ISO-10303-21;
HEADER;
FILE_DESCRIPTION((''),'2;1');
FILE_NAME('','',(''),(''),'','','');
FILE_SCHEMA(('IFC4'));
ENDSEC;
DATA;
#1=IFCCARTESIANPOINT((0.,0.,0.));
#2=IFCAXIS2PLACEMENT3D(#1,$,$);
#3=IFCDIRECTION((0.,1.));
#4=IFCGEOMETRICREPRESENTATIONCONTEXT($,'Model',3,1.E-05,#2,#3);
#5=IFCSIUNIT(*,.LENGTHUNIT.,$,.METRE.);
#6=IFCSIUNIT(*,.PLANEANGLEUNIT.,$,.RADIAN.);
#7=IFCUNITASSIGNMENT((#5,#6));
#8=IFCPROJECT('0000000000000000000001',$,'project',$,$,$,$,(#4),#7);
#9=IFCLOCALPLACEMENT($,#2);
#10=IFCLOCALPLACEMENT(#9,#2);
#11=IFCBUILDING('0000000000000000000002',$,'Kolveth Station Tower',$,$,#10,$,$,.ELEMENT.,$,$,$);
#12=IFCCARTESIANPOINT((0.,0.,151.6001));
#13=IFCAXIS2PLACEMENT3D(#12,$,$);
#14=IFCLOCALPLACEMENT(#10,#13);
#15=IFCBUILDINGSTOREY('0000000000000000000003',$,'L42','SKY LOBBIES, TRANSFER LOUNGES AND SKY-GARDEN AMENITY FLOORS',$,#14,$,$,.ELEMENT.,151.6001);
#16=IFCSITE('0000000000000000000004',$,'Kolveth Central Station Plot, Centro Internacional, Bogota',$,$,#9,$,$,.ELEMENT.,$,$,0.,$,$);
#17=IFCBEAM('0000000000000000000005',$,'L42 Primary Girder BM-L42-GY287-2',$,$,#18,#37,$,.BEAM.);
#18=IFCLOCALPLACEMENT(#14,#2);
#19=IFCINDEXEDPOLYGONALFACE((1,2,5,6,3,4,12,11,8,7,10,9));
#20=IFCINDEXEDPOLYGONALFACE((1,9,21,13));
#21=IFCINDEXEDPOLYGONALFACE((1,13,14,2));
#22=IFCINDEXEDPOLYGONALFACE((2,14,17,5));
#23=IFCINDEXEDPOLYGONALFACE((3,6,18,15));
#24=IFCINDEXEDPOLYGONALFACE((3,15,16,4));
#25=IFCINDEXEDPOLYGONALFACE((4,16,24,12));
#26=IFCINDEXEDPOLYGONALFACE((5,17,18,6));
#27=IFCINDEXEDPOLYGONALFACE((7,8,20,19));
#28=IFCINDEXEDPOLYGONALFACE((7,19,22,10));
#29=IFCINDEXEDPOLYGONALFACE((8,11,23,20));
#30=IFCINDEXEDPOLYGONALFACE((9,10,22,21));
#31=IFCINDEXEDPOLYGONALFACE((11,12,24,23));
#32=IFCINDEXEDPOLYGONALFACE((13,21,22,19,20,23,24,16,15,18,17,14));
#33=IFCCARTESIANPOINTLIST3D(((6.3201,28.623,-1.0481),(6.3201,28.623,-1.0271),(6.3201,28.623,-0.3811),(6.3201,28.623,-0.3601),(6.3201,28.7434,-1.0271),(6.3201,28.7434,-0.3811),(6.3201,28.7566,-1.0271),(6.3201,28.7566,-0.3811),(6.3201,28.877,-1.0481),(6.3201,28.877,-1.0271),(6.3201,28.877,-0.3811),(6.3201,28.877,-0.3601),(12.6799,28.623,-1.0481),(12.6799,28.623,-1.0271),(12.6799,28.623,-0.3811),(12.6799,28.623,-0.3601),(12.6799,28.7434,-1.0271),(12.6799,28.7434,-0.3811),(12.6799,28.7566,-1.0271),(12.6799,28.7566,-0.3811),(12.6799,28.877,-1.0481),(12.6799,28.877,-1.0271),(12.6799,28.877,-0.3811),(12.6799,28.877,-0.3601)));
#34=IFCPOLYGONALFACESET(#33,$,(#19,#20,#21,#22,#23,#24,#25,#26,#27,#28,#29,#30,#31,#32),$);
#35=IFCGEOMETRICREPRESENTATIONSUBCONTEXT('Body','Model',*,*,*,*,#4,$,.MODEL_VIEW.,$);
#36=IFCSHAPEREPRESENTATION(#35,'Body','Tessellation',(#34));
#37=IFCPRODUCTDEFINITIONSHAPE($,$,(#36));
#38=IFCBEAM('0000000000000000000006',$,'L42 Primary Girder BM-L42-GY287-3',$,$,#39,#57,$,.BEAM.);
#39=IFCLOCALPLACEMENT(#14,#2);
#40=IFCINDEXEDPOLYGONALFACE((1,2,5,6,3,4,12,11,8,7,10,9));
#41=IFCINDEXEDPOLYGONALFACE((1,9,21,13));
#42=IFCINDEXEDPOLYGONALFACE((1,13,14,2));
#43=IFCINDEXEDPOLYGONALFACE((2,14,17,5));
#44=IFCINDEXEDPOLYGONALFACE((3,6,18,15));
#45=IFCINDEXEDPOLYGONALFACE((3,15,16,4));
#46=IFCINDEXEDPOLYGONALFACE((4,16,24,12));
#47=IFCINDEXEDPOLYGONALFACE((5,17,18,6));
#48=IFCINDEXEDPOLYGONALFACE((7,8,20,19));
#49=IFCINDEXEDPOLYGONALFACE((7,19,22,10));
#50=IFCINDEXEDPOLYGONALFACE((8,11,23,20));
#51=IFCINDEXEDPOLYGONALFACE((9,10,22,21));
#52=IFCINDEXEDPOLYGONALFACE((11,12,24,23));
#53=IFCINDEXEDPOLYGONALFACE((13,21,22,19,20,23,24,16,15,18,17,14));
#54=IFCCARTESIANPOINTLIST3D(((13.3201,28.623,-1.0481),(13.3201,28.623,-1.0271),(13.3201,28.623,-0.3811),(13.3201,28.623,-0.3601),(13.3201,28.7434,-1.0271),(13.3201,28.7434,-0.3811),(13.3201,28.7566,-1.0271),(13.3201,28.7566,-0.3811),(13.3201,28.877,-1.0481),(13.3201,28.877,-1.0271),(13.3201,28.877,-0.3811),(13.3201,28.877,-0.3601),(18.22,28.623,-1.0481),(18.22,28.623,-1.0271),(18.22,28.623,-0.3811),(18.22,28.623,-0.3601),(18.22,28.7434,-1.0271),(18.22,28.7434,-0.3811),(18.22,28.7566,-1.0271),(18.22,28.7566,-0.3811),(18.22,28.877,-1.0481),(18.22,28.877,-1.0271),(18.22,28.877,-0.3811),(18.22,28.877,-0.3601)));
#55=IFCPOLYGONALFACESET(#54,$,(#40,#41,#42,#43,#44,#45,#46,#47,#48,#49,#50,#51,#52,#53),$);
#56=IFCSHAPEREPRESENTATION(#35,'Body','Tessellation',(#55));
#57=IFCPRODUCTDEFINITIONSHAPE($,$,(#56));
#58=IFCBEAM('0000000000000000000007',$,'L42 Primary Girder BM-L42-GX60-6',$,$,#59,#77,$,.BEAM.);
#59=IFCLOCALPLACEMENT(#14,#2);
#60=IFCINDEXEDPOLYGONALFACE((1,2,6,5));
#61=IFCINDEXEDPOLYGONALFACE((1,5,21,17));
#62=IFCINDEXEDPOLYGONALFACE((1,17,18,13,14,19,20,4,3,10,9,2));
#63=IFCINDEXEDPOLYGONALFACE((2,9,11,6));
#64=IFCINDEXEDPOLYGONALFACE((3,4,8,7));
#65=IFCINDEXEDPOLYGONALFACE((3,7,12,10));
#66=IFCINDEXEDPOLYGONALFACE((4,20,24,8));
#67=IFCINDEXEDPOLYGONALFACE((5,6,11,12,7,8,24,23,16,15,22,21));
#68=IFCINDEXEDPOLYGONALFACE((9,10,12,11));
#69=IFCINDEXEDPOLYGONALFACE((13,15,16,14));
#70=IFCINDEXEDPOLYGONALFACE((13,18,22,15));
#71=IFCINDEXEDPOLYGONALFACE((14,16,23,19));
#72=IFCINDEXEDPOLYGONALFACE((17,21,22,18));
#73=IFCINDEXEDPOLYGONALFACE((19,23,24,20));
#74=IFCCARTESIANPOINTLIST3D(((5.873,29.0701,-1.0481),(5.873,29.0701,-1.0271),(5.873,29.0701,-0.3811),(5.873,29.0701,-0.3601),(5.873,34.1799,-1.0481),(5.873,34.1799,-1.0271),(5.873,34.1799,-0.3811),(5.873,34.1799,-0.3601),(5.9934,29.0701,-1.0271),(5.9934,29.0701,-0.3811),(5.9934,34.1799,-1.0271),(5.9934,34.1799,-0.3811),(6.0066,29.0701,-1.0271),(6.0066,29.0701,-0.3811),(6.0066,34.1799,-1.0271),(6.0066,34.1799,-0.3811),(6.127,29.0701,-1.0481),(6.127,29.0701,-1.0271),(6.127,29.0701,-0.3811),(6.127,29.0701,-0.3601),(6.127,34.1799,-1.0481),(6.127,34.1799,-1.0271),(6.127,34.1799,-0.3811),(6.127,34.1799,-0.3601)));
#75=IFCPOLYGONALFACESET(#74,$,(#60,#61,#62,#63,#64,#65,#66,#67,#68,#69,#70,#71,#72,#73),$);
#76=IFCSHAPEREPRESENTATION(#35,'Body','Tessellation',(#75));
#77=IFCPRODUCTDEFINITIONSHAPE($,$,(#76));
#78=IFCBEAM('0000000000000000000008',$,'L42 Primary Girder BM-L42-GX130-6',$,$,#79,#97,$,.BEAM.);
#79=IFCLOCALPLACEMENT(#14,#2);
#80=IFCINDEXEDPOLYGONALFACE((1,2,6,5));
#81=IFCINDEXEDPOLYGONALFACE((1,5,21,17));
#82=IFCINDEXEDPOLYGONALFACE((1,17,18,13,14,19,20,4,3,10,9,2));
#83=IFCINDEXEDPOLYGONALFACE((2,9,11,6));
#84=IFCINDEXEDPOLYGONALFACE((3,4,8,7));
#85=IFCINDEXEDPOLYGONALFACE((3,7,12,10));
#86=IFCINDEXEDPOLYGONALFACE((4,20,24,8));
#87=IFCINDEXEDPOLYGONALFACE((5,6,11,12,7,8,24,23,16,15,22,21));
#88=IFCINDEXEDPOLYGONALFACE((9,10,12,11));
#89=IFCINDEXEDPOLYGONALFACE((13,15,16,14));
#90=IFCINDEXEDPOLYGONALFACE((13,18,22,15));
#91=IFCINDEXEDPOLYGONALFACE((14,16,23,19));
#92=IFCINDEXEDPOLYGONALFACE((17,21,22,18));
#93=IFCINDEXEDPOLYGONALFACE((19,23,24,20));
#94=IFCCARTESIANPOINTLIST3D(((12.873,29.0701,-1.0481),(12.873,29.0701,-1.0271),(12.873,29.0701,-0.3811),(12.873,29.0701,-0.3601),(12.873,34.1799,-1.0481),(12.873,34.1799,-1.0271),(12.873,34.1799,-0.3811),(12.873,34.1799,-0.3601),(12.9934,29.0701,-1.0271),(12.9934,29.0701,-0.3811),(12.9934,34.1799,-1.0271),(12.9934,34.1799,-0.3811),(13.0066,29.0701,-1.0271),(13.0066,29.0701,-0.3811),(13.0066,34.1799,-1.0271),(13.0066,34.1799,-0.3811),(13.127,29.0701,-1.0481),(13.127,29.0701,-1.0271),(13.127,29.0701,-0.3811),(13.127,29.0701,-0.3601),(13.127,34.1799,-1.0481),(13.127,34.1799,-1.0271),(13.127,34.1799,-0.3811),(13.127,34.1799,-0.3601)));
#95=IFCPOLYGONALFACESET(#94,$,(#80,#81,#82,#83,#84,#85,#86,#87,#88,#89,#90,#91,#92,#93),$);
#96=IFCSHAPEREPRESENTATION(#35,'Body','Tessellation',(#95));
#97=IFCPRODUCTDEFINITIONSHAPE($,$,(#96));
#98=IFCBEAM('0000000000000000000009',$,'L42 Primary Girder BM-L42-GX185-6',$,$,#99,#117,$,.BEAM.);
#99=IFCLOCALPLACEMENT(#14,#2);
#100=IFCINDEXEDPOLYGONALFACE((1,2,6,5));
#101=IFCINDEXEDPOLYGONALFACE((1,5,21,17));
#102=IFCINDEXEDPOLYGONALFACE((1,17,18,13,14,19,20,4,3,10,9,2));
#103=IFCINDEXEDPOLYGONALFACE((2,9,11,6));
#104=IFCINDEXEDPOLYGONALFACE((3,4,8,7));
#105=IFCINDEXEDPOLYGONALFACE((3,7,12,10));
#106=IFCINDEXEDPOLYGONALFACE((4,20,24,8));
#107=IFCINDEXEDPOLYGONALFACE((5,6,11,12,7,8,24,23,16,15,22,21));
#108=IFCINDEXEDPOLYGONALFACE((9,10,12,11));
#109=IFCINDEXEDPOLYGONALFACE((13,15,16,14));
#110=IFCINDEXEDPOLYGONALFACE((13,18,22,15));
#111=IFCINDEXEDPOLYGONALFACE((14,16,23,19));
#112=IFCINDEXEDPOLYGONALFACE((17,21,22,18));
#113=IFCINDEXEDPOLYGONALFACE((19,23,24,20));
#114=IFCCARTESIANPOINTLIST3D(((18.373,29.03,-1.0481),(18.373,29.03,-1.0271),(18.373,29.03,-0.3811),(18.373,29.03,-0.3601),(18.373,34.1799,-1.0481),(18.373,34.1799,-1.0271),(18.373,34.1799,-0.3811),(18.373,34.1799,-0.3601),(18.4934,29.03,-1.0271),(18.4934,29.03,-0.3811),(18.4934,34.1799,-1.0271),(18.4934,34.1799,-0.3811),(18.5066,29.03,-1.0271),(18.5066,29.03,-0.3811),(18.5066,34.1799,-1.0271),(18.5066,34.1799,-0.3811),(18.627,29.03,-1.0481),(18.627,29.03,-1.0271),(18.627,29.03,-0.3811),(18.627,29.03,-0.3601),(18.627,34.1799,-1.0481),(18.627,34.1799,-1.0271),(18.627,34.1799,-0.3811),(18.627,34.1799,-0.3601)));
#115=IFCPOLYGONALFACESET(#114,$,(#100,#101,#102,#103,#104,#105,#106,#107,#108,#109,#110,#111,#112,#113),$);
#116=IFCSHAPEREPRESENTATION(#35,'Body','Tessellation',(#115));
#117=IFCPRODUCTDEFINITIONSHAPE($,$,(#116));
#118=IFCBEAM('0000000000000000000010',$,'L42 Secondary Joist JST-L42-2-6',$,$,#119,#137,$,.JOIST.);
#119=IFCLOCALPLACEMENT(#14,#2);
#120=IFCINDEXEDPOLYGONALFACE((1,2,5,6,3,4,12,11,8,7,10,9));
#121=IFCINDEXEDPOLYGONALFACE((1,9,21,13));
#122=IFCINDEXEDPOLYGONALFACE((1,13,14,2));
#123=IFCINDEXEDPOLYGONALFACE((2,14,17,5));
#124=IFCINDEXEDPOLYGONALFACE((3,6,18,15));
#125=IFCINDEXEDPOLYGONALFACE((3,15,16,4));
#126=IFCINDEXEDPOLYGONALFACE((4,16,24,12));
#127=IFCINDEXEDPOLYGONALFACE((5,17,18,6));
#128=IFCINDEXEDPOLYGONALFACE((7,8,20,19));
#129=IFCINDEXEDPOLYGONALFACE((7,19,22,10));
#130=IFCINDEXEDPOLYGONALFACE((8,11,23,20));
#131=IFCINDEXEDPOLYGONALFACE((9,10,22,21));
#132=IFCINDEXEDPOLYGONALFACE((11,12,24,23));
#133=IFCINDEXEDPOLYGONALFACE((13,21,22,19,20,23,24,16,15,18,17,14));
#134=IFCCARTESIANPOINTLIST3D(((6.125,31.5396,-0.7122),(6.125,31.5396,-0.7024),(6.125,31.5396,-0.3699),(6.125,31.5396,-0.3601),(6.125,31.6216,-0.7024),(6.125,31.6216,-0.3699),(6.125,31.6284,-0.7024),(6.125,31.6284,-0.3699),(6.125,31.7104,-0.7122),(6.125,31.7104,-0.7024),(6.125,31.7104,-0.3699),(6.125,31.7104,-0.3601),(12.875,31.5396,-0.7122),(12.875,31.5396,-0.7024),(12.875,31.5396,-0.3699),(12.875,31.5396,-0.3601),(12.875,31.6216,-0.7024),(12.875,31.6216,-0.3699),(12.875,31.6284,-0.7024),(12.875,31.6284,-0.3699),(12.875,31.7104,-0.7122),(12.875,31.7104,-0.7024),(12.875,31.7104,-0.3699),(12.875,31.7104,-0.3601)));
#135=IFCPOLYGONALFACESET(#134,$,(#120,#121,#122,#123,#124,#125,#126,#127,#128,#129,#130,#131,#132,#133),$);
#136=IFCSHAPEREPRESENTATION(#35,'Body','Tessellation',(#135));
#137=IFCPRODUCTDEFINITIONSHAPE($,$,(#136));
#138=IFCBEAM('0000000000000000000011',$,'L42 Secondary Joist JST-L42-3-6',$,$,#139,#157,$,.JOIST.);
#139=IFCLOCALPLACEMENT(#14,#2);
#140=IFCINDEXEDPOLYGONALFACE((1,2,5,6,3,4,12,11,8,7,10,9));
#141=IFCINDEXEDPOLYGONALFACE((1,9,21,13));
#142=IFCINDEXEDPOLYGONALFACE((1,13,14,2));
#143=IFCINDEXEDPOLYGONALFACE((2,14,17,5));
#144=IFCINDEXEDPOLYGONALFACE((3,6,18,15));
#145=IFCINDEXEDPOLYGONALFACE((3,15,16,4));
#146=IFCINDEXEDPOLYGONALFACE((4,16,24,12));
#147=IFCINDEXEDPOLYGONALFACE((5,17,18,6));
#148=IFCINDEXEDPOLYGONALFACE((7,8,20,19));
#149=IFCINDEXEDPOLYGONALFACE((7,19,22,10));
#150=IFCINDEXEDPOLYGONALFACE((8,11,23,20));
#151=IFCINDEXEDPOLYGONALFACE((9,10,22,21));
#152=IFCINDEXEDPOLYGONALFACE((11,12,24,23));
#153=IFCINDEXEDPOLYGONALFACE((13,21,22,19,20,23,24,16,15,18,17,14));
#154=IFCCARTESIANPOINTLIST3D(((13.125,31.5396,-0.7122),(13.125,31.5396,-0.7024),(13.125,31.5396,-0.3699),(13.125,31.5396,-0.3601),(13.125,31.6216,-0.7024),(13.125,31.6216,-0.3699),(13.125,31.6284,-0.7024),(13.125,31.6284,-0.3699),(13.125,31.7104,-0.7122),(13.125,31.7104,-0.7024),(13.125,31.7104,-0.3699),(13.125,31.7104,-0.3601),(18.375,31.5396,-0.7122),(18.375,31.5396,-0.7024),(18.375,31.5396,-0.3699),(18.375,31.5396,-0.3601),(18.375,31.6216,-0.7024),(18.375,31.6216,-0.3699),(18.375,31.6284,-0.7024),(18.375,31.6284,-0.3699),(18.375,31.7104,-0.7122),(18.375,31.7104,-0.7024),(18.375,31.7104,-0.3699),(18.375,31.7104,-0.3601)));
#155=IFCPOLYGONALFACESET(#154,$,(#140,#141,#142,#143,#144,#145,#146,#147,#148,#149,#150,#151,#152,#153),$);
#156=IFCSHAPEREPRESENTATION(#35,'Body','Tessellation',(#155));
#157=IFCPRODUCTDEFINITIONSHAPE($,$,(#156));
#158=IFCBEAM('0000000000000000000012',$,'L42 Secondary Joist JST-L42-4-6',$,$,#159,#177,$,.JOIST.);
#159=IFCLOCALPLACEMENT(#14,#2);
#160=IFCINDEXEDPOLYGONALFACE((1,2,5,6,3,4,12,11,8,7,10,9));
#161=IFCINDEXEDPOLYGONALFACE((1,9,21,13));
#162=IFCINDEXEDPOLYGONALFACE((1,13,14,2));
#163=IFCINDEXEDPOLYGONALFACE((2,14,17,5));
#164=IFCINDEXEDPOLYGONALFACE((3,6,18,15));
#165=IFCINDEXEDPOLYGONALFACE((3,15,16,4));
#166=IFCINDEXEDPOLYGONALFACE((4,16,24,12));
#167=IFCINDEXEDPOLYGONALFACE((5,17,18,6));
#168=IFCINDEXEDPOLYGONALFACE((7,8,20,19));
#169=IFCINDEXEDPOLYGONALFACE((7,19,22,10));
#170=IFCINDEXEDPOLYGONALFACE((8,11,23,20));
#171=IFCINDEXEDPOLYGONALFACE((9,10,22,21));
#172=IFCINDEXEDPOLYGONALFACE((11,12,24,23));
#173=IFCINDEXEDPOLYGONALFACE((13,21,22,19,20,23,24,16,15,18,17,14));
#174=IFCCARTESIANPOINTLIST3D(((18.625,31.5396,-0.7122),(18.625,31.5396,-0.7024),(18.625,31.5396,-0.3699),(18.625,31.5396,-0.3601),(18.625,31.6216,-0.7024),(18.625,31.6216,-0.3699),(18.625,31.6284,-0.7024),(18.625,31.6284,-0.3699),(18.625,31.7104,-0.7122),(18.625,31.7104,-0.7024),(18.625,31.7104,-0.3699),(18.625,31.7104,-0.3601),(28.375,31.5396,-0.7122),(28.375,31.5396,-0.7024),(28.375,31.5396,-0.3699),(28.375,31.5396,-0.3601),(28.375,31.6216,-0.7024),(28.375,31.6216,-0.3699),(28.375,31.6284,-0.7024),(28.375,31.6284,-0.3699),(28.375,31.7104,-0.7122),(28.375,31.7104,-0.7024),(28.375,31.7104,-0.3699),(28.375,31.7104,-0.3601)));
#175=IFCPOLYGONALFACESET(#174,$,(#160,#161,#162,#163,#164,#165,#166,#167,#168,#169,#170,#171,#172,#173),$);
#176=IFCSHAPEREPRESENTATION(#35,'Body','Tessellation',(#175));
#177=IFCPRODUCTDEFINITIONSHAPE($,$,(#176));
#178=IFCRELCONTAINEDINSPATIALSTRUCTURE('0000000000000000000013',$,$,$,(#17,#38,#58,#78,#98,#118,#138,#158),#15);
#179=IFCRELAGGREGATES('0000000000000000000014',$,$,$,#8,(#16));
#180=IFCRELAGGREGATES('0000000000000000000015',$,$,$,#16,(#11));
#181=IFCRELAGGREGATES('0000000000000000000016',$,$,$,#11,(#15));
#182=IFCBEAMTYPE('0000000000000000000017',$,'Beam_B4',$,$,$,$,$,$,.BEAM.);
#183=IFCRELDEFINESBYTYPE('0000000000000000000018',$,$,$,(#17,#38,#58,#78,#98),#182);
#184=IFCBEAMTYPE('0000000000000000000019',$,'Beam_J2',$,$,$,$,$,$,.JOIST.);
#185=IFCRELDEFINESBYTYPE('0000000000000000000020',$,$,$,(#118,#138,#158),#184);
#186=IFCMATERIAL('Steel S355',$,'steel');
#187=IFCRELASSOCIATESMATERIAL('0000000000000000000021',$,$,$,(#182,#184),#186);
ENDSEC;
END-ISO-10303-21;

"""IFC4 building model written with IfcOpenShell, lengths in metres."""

from ifc_helpers import new_model, si_unit, direction, frame, origin, origin_2d, place, context, subcontext, project, spatial, i_section, extrude, source, transform, mapped, material, material_profile, profile_set, type_object, element, save


model = new_model("IFC4")

# Units and contexts
model_context = context("Model", 3, precision=1e-05, world=origin(), true_north=direction((0.0, 1.0)))
body_context = subcontext(model_context, "Body", "Model", "MODEL_VIEW")
ifc_project = project(units=[si_unit("LENGTHUNIT", "METRE"), si_unit("PLANEANGLEUNIT", "RADIAN")], contexts=[model_context])

# Site, building, storey
site_placement = place(None, origin())
site = spatial("IfcSite", under=ifc_project, at=site_placement, Name="Kolveth Central Station Plot, Centro Internacional, Bogota", CompositionType="ELEMENT", RefElevation=0.0)
building_placement = place(site_placement, origin())
building = spatial("IfcBuilding", under=site, at=building_placement, Name="Kolveth Station Tower", CompositionType="ELEMENT")
storey_placement = place(building_placement, frame((0.0, 0.0, 151.6001)))
storey = spatial("IfcBuildingStorey", under=building, at=storey_placement, Name="L42", Description="SKY LOBBIES, TRANSFER LOUNGES AND SKY-GARDEN AMENITY FLOORS", CompositionType="ELEMENT", Elevation=151.6001)

# Shared definitions
ifc_material_1 = material(Name="Steel S355", Category="steel")

# Beams
ifc_material_profile_1 = material_profile(ifc_material_1, i_section(OverallWidth=0.2539, OverallDepth=0.688, WebThickness=0.0132, FlangeThickness=0.021, at=origin_2d()), Name="W690x152")
ifc_profile_set_1 = profile_set([ifc_material_profile_1], Name="Steel S355")
beam_type_1 = type_object("IfcBeamType", Name="Beam_B4", PredefinedType="BEAM", material=ifc_profile_set_1)
shared_shape_1 = source(origin(), body_context, "Body", "SweptSolid", [
    extrude(i_section(OverallWidth=0.2539, OverallDepth=0.688, WebThickness=0.0132, FlangeThickness=0.021, at=origin_2d()), origin(), (0.0, 0.0, 1.0), 6.3599),
])
beam_1_placement = place(storey_placement, frame((6.3201, 28.75, -0.7041), z_axis=(1.0, 0.0, 0.0), x_axis=(0.0, 1.0, 0.0)))
element("IfcBeam", 1, at=beam_1_placement, inside=storey, type_object=beam_type_1, Name="L42 Primary Girder BM-L42-GY287-2", PredefinedType="BEAM", context=body_context, shape_type="MappedRepresentation", body=[
    mapped(shared_shape_1, transform((0.0, 0.0, 0.0), x_axis=(1.0, 0.0, 0.0), y_axis=(0.0, 1.0, 0.0), z_axis=(0.0, 0.0, 1.0), scale=1.0)),
])
shared_shape_2 = source(origin(), body_context, "Body", "SweptSolid", [
    extrude(i_section(OverallWidth=0.2539, OverallDepth=0.688, WebThickness=0.0132, FlangeThickness=0.021, at=origin_2d()), origin(), (0.0, 0.0, 1.0), 4.8999),
])
beam_2_placement = place(storey_placement, frame((13.3201, 28.75, -0.7041), z_axis=(1.0, 0.0, 0.0), x_axis=(0.0, 1.0, 0.0)))
element("IfcBeam", 2, at=beam_2_placement, inside=storey, type_object=beam_type_1, Name="L42 Primary Girder BM-L42-GY287-3", PredefinedType="BEAM", context=body_context, shape_type="MappedRepresentation", body=[
    mapped(shared_shape_2, transform((0.0, 0.0, 0.0), x_axis=(1.0, 0.0, 0.0), y_axis=(0.0, 1.0, 0.0), z_axis=(0.0, 0.0, 1.0), scale=1.0)),
])
shared_shape_3 = source(origin(), body_context, "Body", "SweptSolid", [
    extrude(i_section(OverallWidth=0.2539, OverallDepth=0.688, WebThickness=0.0132, FlangeThickness=0.021, at=origin_2d()), origin(), (0.0, 0.0, 1.0), 5.1099),
])
for number, where, z_axis, x_axis, name in (
    (3, (6.0, 29.0701, -0.7041), (0.0, 1.0, 0.0), (-1.0, 0.0, 0.0), "L42 Primary Girder BM-L42-GX60-6"),
    (4, (13.0, 29.0701, -0.7041), (0.0, 1.0, 0.0), (-1.0, 0.0, 0.0), "L42 Primary Girder BM-L42-GX130-6"),
):
    element("IfcBeam", number, at=place(storey_placement, frame(where, z_axis=z_axis, x_axis=x_axis)), inside=storey, type_object=beam_type_1, Name=name, PredefinedType="BEAM", context=body_context, shape_type="MappedRepresentation", body=[
        mapped(shared_shape_3, transform((0.0, 0.0, 0.0), x_axis=(1.0, 0.0, 0.0), y_axis=(0.0, 1.0, 0.0), z_axis=(0.0, 0.0, 1.0), scale=1.0)),
    ])
shared_shape_4 = source(origin(), body_context, "Body", "SweptSolid", [
    extrude(i_section(OverallWidth=0.2539, OverallDepth=0.688, WebThickness=0.0132, FlangeThickness=0.021, at=origin_2d()), origin(), (0.0, 0.0, 1.0), 5.1499),
])
beam_3_placement = place(storey_placement, frame((18.5, 29.03, -0.7041), z_axis=(0.0, 1.0, 0.0), x_axis=(-1.0, 0.0, 0.0)))
element("IfcBeam", 5, at=beam_3_placement, inside=storey, type_object=beam_type_1, Name="L42 Primary Girder BM-L42-GX185-6", PredefinedType="BEAM", context=body_context, shape_type="MappedRepresentation", body=[
    mapped(shared_shape_4, transform((0.0, 0.0, 0.0), x_axis=(1.0, 0.0, 0.0), y_axis=(0.0, 1.0, 0.0), z_axis=(0.0, 0.0, 1.0), scale=1.0)),
])
ifc_material_profile_2 = material_profile(ifc_material_1, i_section(OverallWidth=0.1709, OverallDepth=0.3521, WebThickness=0.0068, FlangeThickness=0.0098, at=origin_2d()), Name="W360x44")
ifc_profile_set_2 = profile_set([ifc_material_profile_2], Name="Steel S355")
beam_type_2 = type_object("IfcBeamType", Name="Beam_J2", PredefinedType="JOIST", material=ifc_profile_set_2)
shared_shape_5 = source(origin(), body_context, "Body", "SweptSolid", [
    extrude(i_section(OverallWidth=0.1709, OverallDepth=0.3521, WebThickness=0.0068, FlangeThickness=0.0098, at=origin_2d()), origin(), (0.0, 0.0, 1.0), 6.75),
])
beam_4_placement = place(storey_placement, frame((6.125, 31.625, -0.5361), z_axis=(1.0, 0.0, 0.0), x_axis=(0.0, 1.0, 0.0)))
element("IfcBeam", 6, at=beam_4_placement, inside=storey, type_object=beam_type_2, Name="L42 Secondary Joist JST-L42-2-6", PredefinedType="JOIST", context=body_context, shape_type="MappedRepresentation", body=[
    mapped(shared_shape_5, transform((0.0, 0.0, 0.0), x_axis=(1.0, 0.0, 0.0), y_axis=(0.0, 1.0, 0.0), z_axis=(0.0, 0.0, 1.0), scale=1.0)),
])
shared_shape_6 = source(origin(), body_context, "Body", "SweptSolid", [
    extrude(i_section(OverallWidth=0.1709, OverallDepth=0.3521, WebThickness=0.0068, FlangeThickness=0.0098, at=origin_2d()), origin(), (0.0, 0.0, 1.0), 5.25),
])
beam_5_placement = place(storey_placement, frame((13.125, 31.625, -0.5361), z_axis=(1.0, 0.0, 0.0), x_axis=(0.0, 1.0, 0.0)))
element("IfcBeam", 7, at=beam_5_placement, inside=storey, type_object=beam_type_2, Name="L42 Secondary Joist JST-L42-3-6", PredefinedType="JOIST", context=body_context, shape_type="MappedRepresentation", body=[
    mapped(shared_shape_6, transform((0.0, 0.0, 0.0), x_axis=(1.0, 0.0, 0.0), y_axis=(0.0, 1.0, 0.0), z_axis=(0.0, 0.0, 1.0), scale=1.0)),
])
shared_shape_7 = source(origin(), body_context, "Body", "SweptSolid", [
    extrude(i_section(OverallWidth=0.1709, OverallDepth=0.3521, WebThickness=0.0068, FlangeThickness=0.0098, at=origin_2d()), origin(), (0.0, 0.0, 1.0), 9.75),
])
beam_6_placement = place(storey_placement, frame((18.625, 31.625, -0.5361), z_axis=(1.0, 0.0, 0.0), x_axis=(0.0, 1.0, 0.0)))
element("IfcBeam", 8, at=beam_6_placement, inside=storey, type_object=beam_type_2, Name="L42 Secondary Joist JST-L42-4-6", PredefinedType="JOIST", context=body_context, shape_type="MappedRepresentation", body=[
    mapped(shared_shape_7, transform((0.0, 0.0, 0.0), x_axis=(1.0, 0.0, 0.0), y_axis=(0.0, 1.0, 0.0), z_axis=(0.0, 0.0, 1.0), scale=1.0)),
])

save(model, "model.ifc")
